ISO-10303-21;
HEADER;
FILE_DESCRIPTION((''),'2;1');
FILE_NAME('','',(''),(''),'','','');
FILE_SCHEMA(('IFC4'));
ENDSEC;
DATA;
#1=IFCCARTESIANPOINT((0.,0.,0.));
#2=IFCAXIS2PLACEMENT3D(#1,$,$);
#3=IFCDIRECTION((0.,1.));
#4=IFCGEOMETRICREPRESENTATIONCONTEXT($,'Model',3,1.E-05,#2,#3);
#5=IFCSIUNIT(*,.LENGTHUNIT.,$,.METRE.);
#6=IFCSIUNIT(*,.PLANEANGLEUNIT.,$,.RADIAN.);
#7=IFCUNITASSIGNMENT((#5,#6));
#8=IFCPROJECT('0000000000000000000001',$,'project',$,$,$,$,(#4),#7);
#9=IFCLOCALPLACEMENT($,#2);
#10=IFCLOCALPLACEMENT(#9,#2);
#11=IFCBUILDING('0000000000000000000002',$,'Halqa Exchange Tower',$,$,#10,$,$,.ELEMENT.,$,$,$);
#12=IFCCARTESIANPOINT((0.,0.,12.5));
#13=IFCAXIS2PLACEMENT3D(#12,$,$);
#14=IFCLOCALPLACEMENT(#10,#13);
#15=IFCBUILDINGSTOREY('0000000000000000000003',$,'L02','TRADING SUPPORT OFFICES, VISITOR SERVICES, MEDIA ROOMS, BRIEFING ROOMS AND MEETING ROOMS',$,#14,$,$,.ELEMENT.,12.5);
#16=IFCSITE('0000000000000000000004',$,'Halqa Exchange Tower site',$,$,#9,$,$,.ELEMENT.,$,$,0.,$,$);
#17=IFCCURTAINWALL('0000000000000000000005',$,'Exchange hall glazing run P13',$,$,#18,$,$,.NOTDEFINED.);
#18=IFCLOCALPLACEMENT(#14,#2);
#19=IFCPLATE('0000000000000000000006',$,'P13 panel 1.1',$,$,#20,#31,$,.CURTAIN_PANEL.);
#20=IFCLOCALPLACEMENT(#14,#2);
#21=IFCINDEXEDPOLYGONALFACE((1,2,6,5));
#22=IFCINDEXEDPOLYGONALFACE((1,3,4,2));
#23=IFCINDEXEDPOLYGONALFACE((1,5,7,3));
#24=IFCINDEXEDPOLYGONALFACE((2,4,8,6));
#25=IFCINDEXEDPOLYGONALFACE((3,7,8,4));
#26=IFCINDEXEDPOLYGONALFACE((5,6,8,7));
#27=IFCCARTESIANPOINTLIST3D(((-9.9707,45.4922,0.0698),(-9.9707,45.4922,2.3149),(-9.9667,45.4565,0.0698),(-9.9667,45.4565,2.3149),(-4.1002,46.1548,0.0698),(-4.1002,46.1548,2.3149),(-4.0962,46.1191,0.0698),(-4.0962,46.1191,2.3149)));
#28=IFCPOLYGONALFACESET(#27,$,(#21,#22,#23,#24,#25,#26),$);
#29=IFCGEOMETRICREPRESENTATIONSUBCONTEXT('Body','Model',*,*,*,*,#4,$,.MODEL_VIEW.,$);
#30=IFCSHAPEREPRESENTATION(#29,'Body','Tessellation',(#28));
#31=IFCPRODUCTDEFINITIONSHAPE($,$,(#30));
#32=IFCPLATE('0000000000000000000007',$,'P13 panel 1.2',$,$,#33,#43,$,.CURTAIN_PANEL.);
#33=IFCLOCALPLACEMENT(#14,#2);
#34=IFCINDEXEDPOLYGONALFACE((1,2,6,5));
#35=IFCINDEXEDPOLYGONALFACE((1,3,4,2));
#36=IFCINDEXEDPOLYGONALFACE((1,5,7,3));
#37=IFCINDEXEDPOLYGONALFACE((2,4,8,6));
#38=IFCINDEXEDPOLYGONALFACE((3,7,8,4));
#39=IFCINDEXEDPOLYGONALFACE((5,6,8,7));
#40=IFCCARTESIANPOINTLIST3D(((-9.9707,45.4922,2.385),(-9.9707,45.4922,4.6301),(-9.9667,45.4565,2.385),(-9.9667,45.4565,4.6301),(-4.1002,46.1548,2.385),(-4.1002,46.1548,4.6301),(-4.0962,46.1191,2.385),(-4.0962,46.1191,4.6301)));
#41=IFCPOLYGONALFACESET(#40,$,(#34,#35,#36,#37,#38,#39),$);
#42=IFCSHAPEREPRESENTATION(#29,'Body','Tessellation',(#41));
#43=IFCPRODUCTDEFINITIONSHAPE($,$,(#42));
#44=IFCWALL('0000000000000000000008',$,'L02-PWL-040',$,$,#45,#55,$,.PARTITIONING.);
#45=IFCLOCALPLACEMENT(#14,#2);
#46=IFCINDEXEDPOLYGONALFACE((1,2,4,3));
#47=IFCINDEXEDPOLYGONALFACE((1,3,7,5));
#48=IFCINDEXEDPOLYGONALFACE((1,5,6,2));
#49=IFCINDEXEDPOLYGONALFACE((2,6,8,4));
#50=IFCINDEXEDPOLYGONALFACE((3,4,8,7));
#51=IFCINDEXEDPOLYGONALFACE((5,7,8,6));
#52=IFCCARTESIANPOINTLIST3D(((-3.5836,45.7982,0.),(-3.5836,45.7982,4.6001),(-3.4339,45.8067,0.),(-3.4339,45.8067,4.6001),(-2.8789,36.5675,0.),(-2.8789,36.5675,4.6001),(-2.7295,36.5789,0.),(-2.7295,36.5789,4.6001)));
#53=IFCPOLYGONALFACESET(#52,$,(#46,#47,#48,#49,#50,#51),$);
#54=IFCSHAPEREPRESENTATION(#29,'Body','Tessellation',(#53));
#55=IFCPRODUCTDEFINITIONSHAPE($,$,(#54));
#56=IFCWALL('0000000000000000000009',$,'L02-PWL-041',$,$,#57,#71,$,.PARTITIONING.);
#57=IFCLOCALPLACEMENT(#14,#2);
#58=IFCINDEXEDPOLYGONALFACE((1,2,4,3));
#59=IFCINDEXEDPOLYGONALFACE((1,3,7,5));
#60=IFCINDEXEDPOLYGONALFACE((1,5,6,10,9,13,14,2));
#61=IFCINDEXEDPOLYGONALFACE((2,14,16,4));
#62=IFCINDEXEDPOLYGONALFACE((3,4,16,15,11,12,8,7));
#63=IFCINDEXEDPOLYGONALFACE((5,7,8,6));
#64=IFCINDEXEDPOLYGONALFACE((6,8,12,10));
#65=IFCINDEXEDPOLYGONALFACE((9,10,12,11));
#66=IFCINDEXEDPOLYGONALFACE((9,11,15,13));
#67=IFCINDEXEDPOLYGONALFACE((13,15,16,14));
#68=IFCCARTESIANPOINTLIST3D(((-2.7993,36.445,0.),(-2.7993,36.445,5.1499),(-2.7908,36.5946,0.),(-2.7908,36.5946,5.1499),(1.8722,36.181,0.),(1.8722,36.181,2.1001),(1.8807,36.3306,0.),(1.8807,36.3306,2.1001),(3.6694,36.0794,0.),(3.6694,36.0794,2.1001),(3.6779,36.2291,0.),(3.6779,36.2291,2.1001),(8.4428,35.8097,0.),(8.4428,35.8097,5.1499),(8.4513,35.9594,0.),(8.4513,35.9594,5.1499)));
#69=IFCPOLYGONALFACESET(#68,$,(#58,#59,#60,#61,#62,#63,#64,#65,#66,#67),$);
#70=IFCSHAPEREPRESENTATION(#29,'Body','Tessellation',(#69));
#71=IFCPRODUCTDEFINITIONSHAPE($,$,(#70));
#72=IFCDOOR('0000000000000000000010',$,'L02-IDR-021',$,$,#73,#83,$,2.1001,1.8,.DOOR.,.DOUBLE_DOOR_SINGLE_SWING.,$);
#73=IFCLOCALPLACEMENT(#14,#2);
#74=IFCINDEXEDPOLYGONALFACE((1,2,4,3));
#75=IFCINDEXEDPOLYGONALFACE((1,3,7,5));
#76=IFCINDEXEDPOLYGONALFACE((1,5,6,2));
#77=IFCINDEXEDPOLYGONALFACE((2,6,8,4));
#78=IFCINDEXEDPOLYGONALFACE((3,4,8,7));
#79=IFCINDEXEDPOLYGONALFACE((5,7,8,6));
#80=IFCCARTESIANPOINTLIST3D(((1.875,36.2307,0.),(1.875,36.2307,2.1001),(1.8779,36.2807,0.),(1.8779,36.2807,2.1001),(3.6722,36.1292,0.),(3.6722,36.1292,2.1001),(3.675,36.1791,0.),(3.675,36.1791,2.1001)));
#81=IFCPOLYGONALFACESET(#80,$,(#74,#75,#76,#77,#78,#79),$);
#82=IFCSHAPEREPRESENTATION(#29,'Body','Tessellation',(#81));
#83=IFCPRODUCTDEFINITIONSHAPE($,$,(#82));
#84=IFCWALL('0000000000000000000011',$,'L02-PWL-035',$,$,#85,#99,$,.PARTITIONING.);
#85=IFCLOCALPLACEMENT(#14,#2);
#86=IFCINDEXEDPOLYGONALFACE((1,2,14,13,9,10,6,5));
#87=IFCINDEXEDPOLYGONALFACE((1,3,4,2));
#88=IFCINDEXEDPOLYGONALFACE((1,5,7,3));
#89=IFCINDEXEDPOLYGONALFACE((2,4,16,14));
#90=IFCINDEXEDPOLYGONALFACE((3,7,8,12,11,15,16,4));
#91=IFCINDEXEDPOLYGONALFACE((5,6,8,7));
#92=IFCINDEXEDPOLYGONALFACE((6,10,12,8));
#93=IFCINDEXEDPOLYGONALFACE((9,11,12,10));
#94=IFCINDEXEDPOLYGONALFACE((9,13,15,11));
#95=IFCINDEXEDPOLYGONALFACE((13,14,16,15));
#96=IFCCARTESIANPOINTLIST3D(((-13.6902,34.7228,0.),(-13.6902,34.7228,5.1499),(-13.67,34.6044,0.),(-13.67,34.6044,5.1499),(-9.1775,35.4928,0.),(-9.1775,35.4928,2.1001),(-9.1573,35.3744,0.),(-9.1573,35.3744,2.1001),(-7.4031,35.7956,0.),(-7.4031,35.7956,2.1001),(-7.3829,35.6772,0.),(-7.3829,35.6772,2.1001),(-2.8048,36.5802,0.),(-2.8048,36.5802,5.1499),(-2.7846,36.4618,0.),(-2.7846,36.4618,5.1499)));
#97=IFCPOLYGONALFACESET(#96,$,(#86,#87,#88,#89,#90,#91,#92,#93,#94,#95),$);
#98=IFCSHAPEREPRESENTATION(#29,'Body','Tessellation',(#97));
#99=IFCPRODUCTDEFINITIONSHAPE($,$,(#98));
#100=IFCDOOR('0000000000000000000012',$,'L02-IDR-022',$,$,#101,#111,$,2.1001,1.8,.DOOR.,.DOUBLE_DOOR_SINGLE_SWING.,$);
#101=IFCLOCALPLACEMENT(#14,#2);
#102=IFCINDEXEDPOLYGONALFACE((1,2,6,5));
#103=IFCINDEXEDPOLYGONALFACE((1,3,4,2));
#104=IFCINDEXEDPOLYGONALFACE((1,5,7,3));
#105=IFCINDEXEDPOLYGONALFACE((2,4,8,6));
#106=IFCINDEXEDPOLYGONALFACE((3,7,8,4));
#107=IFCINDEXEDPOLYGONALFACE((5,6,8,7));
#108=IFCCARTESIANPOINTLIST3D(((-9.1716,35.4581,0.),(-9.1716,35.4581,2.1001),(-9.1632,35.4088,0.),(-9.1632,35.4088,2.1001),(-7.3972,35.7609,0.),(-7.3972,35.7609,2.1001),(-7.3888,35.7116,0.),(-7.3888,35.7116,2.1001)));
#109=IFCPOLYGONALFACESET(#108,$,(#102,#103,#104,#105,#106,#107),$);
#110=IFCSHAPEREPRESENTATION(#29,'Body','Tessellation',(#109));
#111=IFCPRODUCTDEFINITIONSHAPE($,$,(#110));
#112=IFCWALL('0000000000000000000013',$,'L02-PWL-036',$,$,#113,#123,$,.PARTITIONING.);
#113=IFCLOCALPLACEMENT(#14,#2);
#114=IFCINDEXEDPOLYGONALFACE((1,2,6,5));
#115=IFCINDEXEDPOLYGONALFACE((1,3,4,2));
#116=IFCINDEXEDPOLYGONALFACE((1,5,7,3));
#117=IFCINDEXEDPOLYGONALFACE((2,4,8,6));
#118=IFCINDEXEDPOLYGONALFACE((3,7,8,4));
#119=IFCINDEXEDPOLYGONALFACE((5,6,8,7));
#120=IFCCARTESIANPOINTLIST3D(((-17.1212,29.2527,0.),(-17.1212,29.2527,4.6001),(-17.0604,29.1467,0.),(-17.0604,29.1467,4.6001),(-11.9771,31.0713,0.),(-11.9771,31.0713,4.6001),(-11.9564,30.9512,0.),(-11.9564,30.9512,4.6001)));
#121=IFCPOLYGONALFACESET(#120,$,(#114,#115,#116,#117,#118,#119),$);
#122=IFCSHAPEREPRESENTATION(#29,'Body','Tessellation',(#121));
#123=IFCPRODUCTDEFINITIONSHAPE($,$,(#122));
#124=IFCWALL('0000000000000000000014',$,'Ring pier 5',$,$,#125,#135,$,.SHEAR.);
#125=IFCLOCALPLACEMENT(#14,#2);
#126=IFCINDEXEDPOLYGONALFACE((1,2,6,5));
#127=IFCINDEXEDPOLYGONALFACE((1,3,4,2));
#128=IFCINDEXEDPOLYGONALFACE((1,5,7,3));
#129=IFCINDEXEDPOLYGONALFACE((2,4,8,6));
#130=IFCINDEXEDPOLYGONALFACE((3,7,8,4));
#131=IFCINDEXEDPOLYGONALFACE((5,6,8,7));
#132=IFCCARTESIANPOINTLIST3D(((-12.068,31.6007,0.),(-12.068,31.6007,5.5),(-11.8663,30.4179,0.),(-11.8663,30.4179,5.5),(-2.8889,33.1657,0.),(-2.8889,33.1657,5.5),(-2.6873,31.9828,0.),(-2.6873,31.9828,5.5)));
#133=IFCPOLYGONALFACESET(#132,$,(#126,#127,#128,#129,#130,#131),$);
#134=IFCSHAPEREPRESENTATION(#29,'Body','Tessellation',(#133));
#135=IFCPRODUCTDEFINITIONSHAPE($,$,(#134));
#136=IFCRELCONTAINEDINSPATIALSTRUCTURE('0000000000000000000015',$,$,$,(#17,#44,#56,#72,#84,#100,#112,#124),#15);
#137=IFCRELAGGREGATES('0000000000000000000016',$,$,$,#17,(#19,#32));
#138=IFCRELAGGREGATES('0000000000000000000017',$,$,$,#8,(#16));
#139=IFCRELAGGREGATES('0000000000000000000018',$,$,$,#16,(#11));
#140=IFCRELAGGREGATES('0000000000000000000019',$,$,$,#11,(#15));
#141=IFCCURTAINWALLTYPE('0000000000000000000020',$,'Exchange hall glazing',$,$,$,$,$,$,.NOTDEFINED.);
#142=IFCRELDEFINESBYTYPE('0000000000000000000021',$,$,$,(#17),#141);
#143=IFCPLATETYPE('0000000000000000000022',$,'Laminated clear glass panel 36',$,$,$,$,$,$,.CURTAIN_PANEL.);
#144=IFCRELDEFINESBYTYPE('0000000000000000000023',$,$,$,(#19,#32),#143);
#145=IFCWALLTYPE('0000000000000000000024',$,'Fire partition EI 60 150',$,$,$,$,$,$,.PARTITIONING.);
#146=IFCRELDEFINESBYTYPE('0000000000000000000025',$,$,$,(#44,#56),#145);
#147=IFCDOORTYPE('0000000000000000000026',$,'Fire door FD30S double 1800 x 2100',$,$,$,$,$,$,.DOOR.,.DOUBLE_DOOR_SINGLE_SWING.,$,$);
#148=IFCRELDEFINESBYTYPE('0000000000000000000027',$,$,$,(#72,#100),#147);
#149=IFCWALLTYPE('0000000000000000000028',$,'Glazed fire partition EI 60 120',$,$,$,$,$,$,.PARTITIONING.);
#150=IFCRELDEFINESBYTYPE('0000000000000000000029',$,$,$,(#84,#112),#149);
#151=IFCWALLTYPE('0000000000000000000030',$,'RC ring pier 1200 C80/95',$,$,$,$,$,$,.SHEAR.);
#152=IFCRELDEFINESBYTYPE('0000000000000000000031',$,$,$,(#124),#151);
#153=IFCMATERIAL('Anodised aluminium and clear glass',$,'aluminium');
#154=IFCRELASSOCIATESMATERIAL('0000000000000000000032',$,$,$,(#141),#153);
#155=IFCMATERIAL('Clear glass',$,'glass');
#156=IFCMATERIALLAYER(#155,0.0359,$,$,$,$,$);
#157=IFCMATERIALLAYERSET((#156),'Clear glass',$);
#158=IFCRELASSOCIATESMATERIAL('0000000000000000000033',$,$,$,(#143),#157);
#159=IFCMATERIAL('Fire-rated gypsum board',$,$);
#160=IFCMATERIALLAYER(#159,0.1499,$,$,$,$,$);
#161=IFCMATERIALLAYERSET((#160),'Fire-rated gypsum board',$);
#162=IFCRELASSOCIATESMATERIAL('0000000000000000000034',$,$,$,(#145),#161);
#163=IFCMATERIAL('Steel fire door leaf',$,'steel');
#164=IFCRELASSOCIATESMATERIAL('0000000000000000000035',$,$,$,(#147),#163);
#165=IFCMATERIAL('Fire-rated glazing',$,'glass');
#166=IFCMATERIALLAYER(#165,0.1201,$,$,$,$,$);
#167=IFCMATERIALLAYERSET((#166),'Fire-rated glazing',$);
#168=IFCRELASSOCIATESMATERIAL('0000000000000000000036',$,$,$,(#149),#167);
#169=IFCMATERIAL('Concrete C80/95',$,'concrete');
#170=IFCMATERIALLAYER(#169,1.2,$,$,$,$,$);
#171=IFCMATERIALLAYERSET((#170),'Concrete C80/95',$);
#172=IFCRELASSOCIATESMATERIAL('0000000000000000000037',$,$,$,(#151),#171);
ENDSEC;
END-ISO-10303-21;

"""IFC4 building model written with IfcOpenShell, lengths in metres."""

from ifc_helpers import new_model, si_unit, direction, frame, frame_2d, origin, origin_2d, place, context, subcontext, project, spatial, polyline, rectangle, outline, extrude, material, layer, layer_set, type_object, element, fill, aggregate, save


model = new_model("IFC4")

# Units and contexts
model_context = context("Model", 3, precision=1e-05, world=origin(), true_north=direction((0.0, 1.0)))
body_context = subcontext(model_context, "Body", "Model", "MODEL_VIEW")
ifc_project = project(units=[si_unit("LENGTHUNIT", "METRE"), si_unit("PLANEANGLEUNIT", "RADIAN")], contexts=[model_context])

# Site, building, storey
site_placement = place(None, origin())
site = spatial("IfcSite", under=ifc_project, at=site_placement, Name="Halqa Exchange Tower site", CompositionType="ELEMENT", RefElevation=0.0)
building_placement = place(site_placement, origin())
building = spatial("IfcBuilding", under=site, at=building_placement, Name="Halqa Exchange Tower", CompositionType="ELEMENT")
storey_placement = place(building_placement, frame((0.0, 0.0, 12.5)))
storey = spatial("IfcBuildingStorey", under=building, at=storey_placement, Name="L02", Description="TRADING SUPPORT OFFICES, VISITOR SERVICES, MEDIA ROOMS, BRIEFING ROOMS AND MEETING ROOMS", CompositionType="ELEMENT", Elevation=12.5)

# Shared definitions
ifc_material_1 = material(Name="Anodised aluminium and clear glass", Category="aluminium")
curtain_wall_type = type_object("IfcCurtainWallType", Name="Exchange hall glazing", PredefinedType="NOTDEFINED", material=ifc_material_1)

# Curtain wall
curtain_wall_1_placement = place(storey_placement, origin())
curtain_wall_1 = element("IfcCurtainWall", 1, at=curtain_wall_1_placement, inside=storey, type_object=curtain_wall_type, Name="Exchange hall glazing run P13", PredefinedType="NOTDEFINED")

# Plates
ifc_material_2 = material(Name="Clear glass", Category="glass")
ifc_layer_1 = layer(ifc_material_2, 0.0359)
ifc_layer_set_1 = layer_set([ifc_layer_1], Name="Clear glass")
plate_type = type_object("IfcPlateType", Name="Laminated clear glass panel 36", PredefinedType="CURTAIN_PANEL", material=ifc_layer_set_1)
plate_1_placement = place(storey_placement, frame((-7.0334, 45.8057, 0.0698), z_axis=(0.0, 0.0, 1.0), x_axis=(-0.99369, -0.112159, 0.0)))
plate_1 = element("IfcPlate", 2, at=plate_1_placement, type_object=plate_type, Name="P13 panel 1.1", PredefinedType="CURTAIN_PANEL", context=body_context, shape_type="SweptSolid", body=[
    extrude(rectangle(XDim=5.9077, YDim=0.0359, at=origin_2d()), origin(), (0.0, 0.0, 1.0), 2.2451),
])
plate_2_placement = place(storey_placement, frame((-7.0334, 45.8057, 2.385), z_axis=(0.0, 0.0, 1.0), x_axis=(-0.99369, -0.112159, 0.0)))
plate_2 = element("IfcPlate", 3, at=plate_2_placement, type_object=plate_type, Name="P13 panel 1.2", PredefinedType="CURTAIN_PANEL", context=body_context, shape_type="SweptSolid", body=[
    extrude(rectangle(XDim=5.9077, YDim=0.0359, at=origin_2d()), origin(), (0.0, 0.0, 1.0), 2.2451),
])
aggregate(curtain_wall_1, [plate_1, plate_2])

# Wall
ifc_material_3 = material(Name="Fire-rated gypsum board")
ifc_layer_2 = layer(ifc_material_3, 0.1499)
ifc_layer_set_2 = layer_set([ifc_layer_2], Name="Fire-rated gypsum board")
wall_type_1 = type_object("IfcWallType", Name="Fire partition EI 60 150", PredefinedType="PARTITIONING", material=ifc_layer_set_2)
wall_1_placement = place(storey_placement, frame((-2.8042, 36.5732, 0.0), z_axis=(0.0, 0.0, 1.0), x_axis=(-0.076122, 0.997099, 0.0)))
element("IfcWall", 4, at=wall_1_placement, inside=storey, type_object=wall_type_1, Name="L02-PWL-040", PredefinedType="PARTITIONING", context=body_context, shape_type="SweptSolid", body=[
    extrude(outline(polyline([(0.0, -0.075), (9.2546, -0.075), (9.2576, 0.075), (0.0, 0.075), (0.0, -0.075)])), origin(), (0.0, 0.0, 1.0), 4.6001),
])

# Walls, openings, doors
wall_2_placement = place(storey_placement, frame((-2.7949, 36.5198, 0.0), z_axis=(0.0, 0.0, 1.0), x_axis=(0.998407, -0.056416, 0.0)))
wall_2 = element("IfcWall", 5, at=wall_2_placement, inside=storey, type_object=wall_type_1, Name="L02-PWL-041", PredefinedType="PARTITIONING", context=body_context, shape_type="SweptSolid", body=[
    extrude(rectangle(XDim=11.26, YDim=0.1499, at=frame_2d((5.6299, 0.0))), origin(), (0.0, 0.0, 1.0), 5.1499),
])
opening_1_placement = place(wall_2_placement, frame((4.679, 0.0, 0.0)))
opening_1 = element("IfcOpeningElement", 6, at=opening_1_placement, cuts=wall_2, PredefinedType="OPENING", context=body_context, shape_type="SweptSolid", body=[
    extrude(rectangle(XDim=1.8, YDim=2.1001, at=frame_2d((0.8999, 1.05))), frame((0.0, 0.0869, 0.0), z_axis=(0.0, -1.0, 0.0), x_axis=(1.0, 0.0, 0.0)), (0.0, 0.0, 1.0), 0.1738),
])
ifc_material_4 = material(Name="Steel fire door leaf", Category="steel")
door_type = type_object("IfcDoorType", Name="Fire door FD30S double 1800 x 2100", OperationType="DOUBLE_DOOR_SINGLE_SWING", PredefinedType="DOOR", material=ifc_material_4)
door_1_placement = place(opening_1_placement, origin())
door_1 = element("IfcDoor", 7, at=door_1_placement, inside=storey, type_object=door_type, Name="L02-IDR-021", OperationType="DOUBLE_DOOR_SINGLE_SWING", OverallHeight=2.1001, OverallWidth=1.8, PredefinedType="DOOR", context=body_context, shape_type="SweptSolid", body=[
    extrude(rectangle(XDim=1.8, YDim=2.1001, at=frame_2d((0.8999, 1.05))), frame((0.0, 0.0249, 0.0), z_axis=(0.0, -1.0, 0.0), x_axis=(1.0, 0.0, 0.0)), (0.0, 0.0, 1.0), 0.05),
])
fill(opening_1, door_1)
ifc_material_5 = material(Name="Fire-rated glazing", Category="glass")
ifc_layer_3 = layer(ifc_material_5, 0.1201)
ifc_layer_set_3 = layer_set([ifc_layer_3], Name="Fire-rated glazing")
wall_type_2 = type_object("IfcWallType", Name="Glazed fire partition EI 60 120", PredefinedType="PARTITIONING", material=ifc_layer_set_3)
wall_3_placement = place(storey_placement, frame((-13.6802, 34.6636, 0.0), z_axis=(0.0, 0.0, 1.0), x_axis=(0.985753, 0.168202, 0.0)))
wall_3 = element("IfcWall", 8, at=wall_3_placement, inside=storey, type_object=wall_type_2, Name="L02-PWL-035", PredefinedType="PARTITIONING", context=body_context, shape_type="SweptSolid", body=[
    extrude(rectangle(XDim=11.0427, YDim=0.1201, at=frame_2d((5.5215, 0.0))), origin(), (0.0, 0.0, 1.0), 5.1499),
])
opening_2_placement = place(wall_3_placement, frame((4.5781, 0.0, 0.0)))
opening_2 = element("IfcOpeningElement", 9, at=opening_2_placement, cuts=wall_3, PredefinedType="OPENING", context=body_context, shape_type="SweptSolid", body=[
    extrude(rectangle(XDim=1.8, YDim=2.1001, at=frame_2d((0.8999, 1.05))), frame((0.0, 0.072, 0.0), z_axis=(0.0, -1.0, 0.0), x_axis=(1.0, 0.0, 0.0)), (0.0, 0.0, 1.0), 0.144),
])
door_2_placement = place(opening_2_placement, origin())
door_2 = element("IfcDoor", 10, at=door_2_placement, inside=storey, type_object=door_type, Name="L02-IDR-022", OperationType="DOUBLE_DOOR_SINGLE_SWING", OverallHeight=2.1001, OverallWidth=1.8, PredefinedType="DOOR", context=body_context, shape_type="SweptSolid", body=[
    extrude(rectangle(XDim=1.8, YDim=2.1001, at=frame_2d((0.8999, 1.05))), frame((0.0, 0.0249, 0.0), z_axis=(0.0, -1.0, 0.0), x_axis=(1.0, 0.0, 0.0)), (0.0, 0.0, 1.0), 0.05),
])
fill(opening_2, door_2)

# Walls
wall_4_placement = place(storey_placement, frame((-11.9668, 31.0112, 0.0), z_axis=(0.0, 0.0, 1.0), x_axis=(-0.942814, -0.333318, 0.0)))
element("IfcWall", 11, at=wall_4_placement, inside=storey, type_object=wall_type_2, Name="L02-PWL-036", PredefinedType="PARTITIONING", context=body_context, shape_type="SweptSolid", body=[
    extrude(outline(polyline([(-0.0103, -0.0601), (5.4458, -0.0601), (5.4238, 0.0601), (0.0103, 0.0601), (-0.0103, -0.0601)])), origin(), (0.0, 0.0, 1.0), 4.6001),
])
ifc_material_6 = material(Name="Concrete C80/95", Category="concrete")
ifc_layer_4 = layer(ifc_material_6, 1.2)
ifc_layer_set_4 = layer_set([ifc_layer_4], Name="Concrete C80/95")
wall_type_3 = type_object("IfcWallType", Name="RC ring pier 1200 C80/95", PredefinedType="SHEAR", material=ifc_layer_set_4)
wall_5_placement = place(storey_placement, frame((-2.7881, 32.5742, 0.0), z_axis=(0.0, 0.0, 1.0), x_axis=(-0.985776, -0.168063, 0.0)))
element("IfcWall", 12, at=wall_5_placement, inside=storey, type_object=wall_type_3, Name="Ring pier 5", PredefinedType="SHEAR", context=body_context, shape_type="SweptSolid", body=[
    extrude(rectangle(XDim=9.3115, YDim=1.2, at=frame_2d((4.6558, 0.0))), origin(), (0.0, 0.0, 1.0), 5.5),
])

save(model, "model.ifc")
